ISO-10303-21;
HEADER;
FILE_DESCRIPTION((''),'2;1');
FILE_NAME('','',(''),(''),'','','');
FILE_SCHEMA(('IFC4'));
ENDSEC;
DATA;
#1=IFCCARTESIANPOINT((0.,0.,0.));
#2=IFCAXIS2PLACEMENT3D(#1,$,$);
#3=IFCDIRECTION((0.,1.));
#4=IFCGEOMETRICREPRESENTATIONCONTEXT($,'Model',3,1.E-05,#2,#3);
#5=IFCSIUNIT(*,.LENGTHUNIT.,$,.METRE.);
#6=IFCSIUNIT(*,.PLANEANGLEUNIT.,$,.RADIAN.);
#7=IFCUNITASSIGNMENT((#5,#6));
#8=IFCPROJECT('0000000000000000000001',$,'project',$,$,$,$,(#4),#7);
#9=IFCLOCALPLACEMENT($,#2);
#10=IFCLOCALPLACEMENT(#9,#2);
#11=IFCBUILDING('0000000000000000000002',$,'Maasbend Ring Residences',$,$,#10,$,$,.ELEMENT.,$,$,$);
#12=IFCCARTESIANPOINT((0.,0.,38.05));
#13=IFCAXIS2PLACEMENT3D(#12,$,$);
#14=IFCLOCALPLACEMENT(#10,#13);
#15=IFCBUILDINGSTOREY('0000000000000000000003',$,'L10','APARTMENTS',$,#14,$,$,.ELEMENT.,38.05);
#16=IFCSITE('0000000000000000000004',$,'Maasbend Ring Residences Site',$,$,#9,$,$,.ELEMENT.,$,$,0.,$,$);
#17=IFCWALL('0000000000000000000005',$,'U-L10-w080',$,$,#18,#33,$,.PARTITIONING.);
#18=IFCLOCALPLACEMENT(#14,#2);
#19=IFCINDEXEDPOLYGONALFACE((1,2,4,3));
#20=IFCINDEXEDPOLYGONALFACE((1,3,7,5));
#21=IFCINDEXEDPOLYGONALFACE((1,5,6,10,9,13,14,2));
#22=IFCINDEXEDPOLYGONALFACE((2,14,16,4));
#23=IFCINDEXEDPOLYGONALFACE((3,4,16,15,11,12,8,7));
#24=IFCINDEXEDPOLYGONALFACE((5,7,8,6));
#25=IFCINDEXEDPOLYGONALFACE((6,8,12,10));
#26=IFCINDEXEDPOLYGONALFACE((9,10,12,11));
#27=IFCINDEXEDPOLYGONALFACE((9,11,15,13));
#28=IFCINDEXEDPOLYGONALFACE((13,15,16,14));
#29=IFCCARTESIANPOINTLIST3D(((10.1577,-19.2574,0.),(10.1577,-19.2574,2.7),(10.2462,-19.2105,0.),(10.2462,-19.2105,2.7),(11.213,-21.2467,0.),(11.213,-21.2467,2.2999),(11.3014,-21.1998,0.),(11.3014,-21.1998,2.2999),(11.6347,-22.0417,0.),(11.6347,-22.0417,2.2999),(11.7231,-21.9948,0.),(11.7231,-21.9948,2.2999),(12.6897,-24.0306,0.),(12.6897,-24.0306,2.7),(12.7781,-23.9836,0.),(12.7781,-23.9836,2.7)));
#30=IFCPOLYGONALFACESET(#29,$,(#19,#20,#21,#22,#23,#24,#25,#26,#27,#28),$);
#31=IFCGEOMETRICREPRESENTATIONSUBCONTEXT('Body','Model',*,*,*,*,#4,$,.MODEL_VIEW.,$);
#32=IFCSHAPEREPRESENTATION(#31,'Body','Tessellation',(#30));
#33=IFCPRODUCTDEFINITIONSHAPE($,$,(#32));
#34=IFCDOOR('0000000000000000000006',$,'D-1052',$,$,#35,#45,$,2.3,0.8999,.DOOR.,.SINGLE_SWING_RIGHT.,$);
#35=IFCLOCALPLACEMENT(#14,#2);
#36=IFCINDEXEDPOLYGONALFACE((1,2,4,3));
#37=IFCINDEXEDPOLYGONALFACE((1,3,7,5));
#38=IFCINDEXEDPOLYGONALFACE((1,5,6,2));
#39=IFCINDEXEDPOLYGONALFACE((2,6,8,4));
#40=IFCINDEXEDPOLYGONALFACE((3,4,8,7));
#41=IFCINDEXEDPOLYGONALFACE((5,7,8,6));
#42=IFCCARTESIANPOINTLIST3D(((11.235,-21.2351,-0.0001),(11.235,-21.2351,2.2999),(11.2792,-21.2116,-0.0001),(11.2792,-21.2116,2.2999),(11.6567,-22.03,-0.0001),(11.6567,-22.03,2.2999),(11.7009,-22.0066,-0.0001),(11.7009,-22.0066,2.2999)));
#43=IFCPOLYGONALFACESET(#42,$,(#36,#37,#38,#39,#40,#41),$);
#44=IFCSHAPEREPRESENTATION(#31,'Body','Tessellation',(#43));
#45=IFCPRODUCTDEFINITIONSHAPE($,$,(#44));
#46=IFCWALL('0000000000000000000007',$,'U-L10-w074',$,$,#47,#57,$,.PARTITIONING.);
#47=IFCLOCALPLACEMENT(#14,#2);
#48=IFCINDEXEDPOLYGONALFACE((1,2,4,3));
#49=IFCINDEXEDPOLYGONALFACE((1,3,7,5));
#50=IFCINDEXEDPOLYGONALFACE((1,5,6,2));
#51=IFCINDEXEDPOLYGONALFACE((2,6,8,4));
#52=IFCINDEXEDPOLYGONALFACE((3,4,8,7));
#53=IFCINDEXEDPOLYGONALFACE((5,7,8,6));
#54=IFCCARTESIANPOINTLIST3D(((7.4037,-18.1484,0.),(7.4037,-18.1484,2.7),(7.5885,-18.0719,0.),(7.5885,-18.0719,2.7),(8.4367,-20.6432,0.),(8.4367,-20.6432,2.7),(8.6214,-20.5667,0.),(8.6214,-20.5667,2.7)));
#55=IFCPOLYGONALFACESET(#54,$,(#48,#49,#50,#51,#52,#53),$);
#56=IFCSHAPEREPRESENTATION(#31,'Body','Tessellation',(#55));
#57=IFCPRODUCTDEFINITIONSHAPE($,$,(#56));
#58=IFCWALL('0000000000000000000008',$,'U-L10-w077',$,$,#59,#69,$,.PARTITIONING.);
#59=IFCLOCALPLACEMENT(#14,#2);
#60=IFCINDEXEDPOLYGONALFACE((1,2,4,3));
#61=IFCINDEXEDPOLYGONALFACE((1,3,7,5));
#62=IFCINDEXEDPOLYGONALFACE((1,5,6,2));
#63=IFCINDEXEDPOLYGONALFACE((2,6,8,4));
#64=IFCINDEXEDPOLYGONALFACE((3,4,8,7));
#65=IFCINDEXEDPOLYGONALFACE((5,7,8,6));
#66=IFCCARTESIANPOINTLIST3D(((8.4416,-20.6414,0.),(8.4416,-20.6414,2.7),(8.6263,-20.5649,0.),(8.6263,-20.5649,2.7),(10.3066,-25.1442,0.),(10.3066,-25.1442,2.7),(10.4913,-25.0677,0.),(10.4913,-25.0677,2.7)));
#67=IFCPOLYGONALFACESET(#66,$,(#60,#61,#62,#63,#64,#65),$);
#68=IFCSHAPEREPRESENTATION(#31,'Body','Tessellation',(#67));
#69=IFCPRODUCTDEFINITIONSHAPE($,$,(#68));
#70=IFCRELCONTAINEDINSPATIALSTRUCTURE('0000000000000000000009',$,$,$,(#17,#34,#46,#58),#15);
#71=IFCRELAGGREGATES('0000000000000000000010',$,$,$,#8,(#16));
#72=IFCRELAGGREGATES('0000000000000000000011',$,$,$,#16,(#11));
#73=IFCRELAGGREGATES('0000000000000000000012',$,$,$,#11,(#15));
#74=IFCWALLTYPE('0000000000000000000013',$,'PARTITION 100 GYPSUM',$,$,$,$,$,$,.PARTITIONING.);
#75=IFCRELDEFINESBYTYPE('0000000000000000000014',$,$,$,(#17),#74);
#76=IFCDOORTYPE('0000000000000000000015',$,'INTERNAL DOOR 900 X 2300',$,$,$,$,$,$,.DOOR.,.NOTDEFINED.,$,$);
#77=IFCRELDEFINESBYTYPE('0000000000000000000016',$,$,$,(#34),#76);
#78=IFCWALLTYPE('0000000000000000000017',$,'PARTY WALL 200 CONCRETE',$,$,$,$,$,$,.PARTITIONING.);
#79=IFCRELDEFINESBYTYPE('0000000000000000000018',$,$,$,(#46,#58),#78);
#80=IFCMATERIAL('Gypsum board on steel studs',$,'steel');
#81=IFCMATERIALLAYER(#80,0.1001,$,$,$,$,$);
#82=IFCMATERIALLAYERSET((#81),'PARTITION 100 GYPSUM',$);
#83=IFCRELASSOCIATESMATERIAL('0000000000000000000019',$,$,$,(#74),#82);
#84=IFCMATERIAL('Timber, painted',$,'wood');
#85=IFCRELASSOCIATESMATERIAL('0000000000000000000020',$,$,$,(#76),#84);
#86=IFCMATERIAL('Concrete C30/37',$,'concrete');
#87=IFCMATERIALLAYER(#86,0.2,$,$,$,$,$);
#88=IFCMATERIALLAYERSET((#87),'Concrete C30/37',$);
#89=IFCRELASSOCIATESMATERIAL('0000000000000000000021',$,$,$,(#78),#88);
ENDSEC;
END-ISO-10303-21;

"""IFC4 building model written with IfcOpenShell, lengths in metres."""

from ifc_helpers import new_model, si_unit, direction, frame, frame_2d, origin, place, context, subcontext, project, spatial, rectangle, extrude, material, layer, layer_set, type_object, element, fill, save


model = new_model("IFC4")

# Units and contexts
model_context = context("Model", 3, precision=1e-05, world=origin(), true_north=direction((0.0, 1.0)))
body_context = subcontext(model_context, "Body", "Model", "MODEL_VIEW")
ifc_project = project(units=[si_unit("LENGTHUNIT", "METRE"), si_unit("PLANEANGLEUNIT", "RADIAN")], contexts=[model_context])

# Site, building, storey
site_placement = place(None, origin())
site = spatial("IfcSite", under=ifc_project, at=site_placement, Name="Maasbend Ring Residences Site", CompositionType="ELEMENT", RefElevation=0.0)
building_placement = place(site_placement, origin())
building = spatial("IfcBuilding", under=site, at=building_placement, Name="Maasbend Ring Residences", CompositionType="ELEMENT")
storey_placement = place(building_placement, frame((0.0, 0.0, 38.05)))
storey = spatial("IfcBuildingStorey", under=building, at=storey_placement, Name="L10", Description="APARTMENTS", CompositionType="ELEMENT", Elevation=38.05)

# Shared definitions
ifc_material_1 = material(Name="Gypsum board on steel studs", Category="steel")
ifc_layer_1 = layer(ifc_material_1, 0.1001)
ifc_layer_set_1 = layer_set([ifc_layer_1], Name="PARTITION 100 GYPSUM")
wall_type_1 = type_object("IfcWallType", Name="PARTITION 100 GYPSUM", PredefinedType="PARTITIONING", material=ifc_layer_set_1)
ifc_material_2 = material(Name="Timber, painted", Category="wood")
door_type_1 = type_object("IfcDoorType", Name="INTERNAL DOOR 900 X 2300", OperationType="NOTDEFINED", PredefinedType="DOOR", material=ifc_material_2)

# Wall, opening, door
wall_1_placement = place(storey_placement, frame((10.2019, -19.2339, 0.0), z_axis=(0.0, 0.0, 1.0), x_axis=(0.46861, -0.883405, 0.0)))
wall_1 = element("IfcWall", 1, at=wall_1_placement, inside=storey, type_object=wall_type_1, Name="U-L10-w080", PredefinedType="PARTITIONING", context=body_context, shape_type="SweptSolid", body=[
    extrude(rectangle(XDim=5.4031, YDim=0.1001, at=frame_2d((2.7017, 0.0))), origin(), (0.0, 0.0, 1.0), 2.7),
])
opening_1_placement = place(wall_1_placement, frame((2.252, 0.0, 0.0)))
opening_1 = element("IfcOpeningElement", 2, at=opening_1_placement, cuts=wall_1, PredefinedType="OPENING", context=body_context, shape_type="SweptSolid", body=[
    extrude(rectangle(XDim=0.8999, YDim=2.3, at=frame_2d((0.45, 1.1499))), frame((0.0, 0.0601, 0.0), z_axis=(0.0, -1.0, 0.0), x_axis=(1.0, 0.0, 0.0)), (0.0, 0.0, 1.0), 0.1201),
])
door_1_placement = place(opening_1_placement, origin())
door_1 = element("IfcDoor", 3, at=door_1_placement, inside=storey, type_object=door_type_1, Name="D-1052", OperationType="SINGLE_SWING_RIGHT", OverallHeight=2.3, OverallWidth=0.8999, PredefinedType="DOOR", context=body_context, shape_type="SweptSolid", body=[
    extrude(rectangle(XDim=0.8999, YDim=2.3, at=frame_2d((0.45, 1.1499))), frame((0.0, 0.0249, 0.0), z_axis=(0.0, -1.0, 0.0), x_axis=(1.0, 0.0, 0.0)), (0.0, 0.0, 1.0), 0.05),
])
fill(opening_1, door_1)

# Walls
ifc_material_3 = material(Name="Concrete C30/37", Category="concrete")
ifc_layer_2 = layer(ifc_material_3, 0.2)
ifc_layer_set_2 = layer_set([ifc_layer_2], Name="Concrete C30/37")
wall_type_2 = type_object("IfcWallType", Name="PARTY WALL 200 CONCRETE", PredefinedType="PARTITIONING", material=ifc_layer_set_2)
wall_2_placement = place(storey_placement, frame((7.4961, -18.1101, 0.0), z_axis=(0.0, 0.0, 1.0), x_axis=(0.382541, -0.923939, 0.0)))
element("IfcWall", 4, at=wall_2_placement, inside=storey, type_object=wall_type_2, Name="U-L10-w074", PredefinedType="PARTITIONING", context=body_context, shape_type="SweptSolid", body=[
    extrude(rectangle(XDim=2.7002, YDim=0.2, at=frame_2d((1.3501, 0.0))), origin(), (0.0, 0.0, 1.0), 2.7),
])
wall_3_placement = place(storey_placement, frame((8.5339, -20.603, 0.0), z_axis=(0.0, 0.0, 1.0), x_axis=(0.382651, -0.923893, 0.0)))
element("IfcWall", 5, at=wall_3_placement, inside=storey, type_object=wall_type_2, Name="U-L10-w077", PredefinedType="PARTITIONING", context=body_context, shape_type="SweptSolid", body=[
    extrude(rectangle(XDim=4.8738, YDim=0.2, at=frame_2d((2.437, 0.0))), origin(), (0.0, 0.0, 1.0), 2.7),
])

save(model, "model.ifc")
